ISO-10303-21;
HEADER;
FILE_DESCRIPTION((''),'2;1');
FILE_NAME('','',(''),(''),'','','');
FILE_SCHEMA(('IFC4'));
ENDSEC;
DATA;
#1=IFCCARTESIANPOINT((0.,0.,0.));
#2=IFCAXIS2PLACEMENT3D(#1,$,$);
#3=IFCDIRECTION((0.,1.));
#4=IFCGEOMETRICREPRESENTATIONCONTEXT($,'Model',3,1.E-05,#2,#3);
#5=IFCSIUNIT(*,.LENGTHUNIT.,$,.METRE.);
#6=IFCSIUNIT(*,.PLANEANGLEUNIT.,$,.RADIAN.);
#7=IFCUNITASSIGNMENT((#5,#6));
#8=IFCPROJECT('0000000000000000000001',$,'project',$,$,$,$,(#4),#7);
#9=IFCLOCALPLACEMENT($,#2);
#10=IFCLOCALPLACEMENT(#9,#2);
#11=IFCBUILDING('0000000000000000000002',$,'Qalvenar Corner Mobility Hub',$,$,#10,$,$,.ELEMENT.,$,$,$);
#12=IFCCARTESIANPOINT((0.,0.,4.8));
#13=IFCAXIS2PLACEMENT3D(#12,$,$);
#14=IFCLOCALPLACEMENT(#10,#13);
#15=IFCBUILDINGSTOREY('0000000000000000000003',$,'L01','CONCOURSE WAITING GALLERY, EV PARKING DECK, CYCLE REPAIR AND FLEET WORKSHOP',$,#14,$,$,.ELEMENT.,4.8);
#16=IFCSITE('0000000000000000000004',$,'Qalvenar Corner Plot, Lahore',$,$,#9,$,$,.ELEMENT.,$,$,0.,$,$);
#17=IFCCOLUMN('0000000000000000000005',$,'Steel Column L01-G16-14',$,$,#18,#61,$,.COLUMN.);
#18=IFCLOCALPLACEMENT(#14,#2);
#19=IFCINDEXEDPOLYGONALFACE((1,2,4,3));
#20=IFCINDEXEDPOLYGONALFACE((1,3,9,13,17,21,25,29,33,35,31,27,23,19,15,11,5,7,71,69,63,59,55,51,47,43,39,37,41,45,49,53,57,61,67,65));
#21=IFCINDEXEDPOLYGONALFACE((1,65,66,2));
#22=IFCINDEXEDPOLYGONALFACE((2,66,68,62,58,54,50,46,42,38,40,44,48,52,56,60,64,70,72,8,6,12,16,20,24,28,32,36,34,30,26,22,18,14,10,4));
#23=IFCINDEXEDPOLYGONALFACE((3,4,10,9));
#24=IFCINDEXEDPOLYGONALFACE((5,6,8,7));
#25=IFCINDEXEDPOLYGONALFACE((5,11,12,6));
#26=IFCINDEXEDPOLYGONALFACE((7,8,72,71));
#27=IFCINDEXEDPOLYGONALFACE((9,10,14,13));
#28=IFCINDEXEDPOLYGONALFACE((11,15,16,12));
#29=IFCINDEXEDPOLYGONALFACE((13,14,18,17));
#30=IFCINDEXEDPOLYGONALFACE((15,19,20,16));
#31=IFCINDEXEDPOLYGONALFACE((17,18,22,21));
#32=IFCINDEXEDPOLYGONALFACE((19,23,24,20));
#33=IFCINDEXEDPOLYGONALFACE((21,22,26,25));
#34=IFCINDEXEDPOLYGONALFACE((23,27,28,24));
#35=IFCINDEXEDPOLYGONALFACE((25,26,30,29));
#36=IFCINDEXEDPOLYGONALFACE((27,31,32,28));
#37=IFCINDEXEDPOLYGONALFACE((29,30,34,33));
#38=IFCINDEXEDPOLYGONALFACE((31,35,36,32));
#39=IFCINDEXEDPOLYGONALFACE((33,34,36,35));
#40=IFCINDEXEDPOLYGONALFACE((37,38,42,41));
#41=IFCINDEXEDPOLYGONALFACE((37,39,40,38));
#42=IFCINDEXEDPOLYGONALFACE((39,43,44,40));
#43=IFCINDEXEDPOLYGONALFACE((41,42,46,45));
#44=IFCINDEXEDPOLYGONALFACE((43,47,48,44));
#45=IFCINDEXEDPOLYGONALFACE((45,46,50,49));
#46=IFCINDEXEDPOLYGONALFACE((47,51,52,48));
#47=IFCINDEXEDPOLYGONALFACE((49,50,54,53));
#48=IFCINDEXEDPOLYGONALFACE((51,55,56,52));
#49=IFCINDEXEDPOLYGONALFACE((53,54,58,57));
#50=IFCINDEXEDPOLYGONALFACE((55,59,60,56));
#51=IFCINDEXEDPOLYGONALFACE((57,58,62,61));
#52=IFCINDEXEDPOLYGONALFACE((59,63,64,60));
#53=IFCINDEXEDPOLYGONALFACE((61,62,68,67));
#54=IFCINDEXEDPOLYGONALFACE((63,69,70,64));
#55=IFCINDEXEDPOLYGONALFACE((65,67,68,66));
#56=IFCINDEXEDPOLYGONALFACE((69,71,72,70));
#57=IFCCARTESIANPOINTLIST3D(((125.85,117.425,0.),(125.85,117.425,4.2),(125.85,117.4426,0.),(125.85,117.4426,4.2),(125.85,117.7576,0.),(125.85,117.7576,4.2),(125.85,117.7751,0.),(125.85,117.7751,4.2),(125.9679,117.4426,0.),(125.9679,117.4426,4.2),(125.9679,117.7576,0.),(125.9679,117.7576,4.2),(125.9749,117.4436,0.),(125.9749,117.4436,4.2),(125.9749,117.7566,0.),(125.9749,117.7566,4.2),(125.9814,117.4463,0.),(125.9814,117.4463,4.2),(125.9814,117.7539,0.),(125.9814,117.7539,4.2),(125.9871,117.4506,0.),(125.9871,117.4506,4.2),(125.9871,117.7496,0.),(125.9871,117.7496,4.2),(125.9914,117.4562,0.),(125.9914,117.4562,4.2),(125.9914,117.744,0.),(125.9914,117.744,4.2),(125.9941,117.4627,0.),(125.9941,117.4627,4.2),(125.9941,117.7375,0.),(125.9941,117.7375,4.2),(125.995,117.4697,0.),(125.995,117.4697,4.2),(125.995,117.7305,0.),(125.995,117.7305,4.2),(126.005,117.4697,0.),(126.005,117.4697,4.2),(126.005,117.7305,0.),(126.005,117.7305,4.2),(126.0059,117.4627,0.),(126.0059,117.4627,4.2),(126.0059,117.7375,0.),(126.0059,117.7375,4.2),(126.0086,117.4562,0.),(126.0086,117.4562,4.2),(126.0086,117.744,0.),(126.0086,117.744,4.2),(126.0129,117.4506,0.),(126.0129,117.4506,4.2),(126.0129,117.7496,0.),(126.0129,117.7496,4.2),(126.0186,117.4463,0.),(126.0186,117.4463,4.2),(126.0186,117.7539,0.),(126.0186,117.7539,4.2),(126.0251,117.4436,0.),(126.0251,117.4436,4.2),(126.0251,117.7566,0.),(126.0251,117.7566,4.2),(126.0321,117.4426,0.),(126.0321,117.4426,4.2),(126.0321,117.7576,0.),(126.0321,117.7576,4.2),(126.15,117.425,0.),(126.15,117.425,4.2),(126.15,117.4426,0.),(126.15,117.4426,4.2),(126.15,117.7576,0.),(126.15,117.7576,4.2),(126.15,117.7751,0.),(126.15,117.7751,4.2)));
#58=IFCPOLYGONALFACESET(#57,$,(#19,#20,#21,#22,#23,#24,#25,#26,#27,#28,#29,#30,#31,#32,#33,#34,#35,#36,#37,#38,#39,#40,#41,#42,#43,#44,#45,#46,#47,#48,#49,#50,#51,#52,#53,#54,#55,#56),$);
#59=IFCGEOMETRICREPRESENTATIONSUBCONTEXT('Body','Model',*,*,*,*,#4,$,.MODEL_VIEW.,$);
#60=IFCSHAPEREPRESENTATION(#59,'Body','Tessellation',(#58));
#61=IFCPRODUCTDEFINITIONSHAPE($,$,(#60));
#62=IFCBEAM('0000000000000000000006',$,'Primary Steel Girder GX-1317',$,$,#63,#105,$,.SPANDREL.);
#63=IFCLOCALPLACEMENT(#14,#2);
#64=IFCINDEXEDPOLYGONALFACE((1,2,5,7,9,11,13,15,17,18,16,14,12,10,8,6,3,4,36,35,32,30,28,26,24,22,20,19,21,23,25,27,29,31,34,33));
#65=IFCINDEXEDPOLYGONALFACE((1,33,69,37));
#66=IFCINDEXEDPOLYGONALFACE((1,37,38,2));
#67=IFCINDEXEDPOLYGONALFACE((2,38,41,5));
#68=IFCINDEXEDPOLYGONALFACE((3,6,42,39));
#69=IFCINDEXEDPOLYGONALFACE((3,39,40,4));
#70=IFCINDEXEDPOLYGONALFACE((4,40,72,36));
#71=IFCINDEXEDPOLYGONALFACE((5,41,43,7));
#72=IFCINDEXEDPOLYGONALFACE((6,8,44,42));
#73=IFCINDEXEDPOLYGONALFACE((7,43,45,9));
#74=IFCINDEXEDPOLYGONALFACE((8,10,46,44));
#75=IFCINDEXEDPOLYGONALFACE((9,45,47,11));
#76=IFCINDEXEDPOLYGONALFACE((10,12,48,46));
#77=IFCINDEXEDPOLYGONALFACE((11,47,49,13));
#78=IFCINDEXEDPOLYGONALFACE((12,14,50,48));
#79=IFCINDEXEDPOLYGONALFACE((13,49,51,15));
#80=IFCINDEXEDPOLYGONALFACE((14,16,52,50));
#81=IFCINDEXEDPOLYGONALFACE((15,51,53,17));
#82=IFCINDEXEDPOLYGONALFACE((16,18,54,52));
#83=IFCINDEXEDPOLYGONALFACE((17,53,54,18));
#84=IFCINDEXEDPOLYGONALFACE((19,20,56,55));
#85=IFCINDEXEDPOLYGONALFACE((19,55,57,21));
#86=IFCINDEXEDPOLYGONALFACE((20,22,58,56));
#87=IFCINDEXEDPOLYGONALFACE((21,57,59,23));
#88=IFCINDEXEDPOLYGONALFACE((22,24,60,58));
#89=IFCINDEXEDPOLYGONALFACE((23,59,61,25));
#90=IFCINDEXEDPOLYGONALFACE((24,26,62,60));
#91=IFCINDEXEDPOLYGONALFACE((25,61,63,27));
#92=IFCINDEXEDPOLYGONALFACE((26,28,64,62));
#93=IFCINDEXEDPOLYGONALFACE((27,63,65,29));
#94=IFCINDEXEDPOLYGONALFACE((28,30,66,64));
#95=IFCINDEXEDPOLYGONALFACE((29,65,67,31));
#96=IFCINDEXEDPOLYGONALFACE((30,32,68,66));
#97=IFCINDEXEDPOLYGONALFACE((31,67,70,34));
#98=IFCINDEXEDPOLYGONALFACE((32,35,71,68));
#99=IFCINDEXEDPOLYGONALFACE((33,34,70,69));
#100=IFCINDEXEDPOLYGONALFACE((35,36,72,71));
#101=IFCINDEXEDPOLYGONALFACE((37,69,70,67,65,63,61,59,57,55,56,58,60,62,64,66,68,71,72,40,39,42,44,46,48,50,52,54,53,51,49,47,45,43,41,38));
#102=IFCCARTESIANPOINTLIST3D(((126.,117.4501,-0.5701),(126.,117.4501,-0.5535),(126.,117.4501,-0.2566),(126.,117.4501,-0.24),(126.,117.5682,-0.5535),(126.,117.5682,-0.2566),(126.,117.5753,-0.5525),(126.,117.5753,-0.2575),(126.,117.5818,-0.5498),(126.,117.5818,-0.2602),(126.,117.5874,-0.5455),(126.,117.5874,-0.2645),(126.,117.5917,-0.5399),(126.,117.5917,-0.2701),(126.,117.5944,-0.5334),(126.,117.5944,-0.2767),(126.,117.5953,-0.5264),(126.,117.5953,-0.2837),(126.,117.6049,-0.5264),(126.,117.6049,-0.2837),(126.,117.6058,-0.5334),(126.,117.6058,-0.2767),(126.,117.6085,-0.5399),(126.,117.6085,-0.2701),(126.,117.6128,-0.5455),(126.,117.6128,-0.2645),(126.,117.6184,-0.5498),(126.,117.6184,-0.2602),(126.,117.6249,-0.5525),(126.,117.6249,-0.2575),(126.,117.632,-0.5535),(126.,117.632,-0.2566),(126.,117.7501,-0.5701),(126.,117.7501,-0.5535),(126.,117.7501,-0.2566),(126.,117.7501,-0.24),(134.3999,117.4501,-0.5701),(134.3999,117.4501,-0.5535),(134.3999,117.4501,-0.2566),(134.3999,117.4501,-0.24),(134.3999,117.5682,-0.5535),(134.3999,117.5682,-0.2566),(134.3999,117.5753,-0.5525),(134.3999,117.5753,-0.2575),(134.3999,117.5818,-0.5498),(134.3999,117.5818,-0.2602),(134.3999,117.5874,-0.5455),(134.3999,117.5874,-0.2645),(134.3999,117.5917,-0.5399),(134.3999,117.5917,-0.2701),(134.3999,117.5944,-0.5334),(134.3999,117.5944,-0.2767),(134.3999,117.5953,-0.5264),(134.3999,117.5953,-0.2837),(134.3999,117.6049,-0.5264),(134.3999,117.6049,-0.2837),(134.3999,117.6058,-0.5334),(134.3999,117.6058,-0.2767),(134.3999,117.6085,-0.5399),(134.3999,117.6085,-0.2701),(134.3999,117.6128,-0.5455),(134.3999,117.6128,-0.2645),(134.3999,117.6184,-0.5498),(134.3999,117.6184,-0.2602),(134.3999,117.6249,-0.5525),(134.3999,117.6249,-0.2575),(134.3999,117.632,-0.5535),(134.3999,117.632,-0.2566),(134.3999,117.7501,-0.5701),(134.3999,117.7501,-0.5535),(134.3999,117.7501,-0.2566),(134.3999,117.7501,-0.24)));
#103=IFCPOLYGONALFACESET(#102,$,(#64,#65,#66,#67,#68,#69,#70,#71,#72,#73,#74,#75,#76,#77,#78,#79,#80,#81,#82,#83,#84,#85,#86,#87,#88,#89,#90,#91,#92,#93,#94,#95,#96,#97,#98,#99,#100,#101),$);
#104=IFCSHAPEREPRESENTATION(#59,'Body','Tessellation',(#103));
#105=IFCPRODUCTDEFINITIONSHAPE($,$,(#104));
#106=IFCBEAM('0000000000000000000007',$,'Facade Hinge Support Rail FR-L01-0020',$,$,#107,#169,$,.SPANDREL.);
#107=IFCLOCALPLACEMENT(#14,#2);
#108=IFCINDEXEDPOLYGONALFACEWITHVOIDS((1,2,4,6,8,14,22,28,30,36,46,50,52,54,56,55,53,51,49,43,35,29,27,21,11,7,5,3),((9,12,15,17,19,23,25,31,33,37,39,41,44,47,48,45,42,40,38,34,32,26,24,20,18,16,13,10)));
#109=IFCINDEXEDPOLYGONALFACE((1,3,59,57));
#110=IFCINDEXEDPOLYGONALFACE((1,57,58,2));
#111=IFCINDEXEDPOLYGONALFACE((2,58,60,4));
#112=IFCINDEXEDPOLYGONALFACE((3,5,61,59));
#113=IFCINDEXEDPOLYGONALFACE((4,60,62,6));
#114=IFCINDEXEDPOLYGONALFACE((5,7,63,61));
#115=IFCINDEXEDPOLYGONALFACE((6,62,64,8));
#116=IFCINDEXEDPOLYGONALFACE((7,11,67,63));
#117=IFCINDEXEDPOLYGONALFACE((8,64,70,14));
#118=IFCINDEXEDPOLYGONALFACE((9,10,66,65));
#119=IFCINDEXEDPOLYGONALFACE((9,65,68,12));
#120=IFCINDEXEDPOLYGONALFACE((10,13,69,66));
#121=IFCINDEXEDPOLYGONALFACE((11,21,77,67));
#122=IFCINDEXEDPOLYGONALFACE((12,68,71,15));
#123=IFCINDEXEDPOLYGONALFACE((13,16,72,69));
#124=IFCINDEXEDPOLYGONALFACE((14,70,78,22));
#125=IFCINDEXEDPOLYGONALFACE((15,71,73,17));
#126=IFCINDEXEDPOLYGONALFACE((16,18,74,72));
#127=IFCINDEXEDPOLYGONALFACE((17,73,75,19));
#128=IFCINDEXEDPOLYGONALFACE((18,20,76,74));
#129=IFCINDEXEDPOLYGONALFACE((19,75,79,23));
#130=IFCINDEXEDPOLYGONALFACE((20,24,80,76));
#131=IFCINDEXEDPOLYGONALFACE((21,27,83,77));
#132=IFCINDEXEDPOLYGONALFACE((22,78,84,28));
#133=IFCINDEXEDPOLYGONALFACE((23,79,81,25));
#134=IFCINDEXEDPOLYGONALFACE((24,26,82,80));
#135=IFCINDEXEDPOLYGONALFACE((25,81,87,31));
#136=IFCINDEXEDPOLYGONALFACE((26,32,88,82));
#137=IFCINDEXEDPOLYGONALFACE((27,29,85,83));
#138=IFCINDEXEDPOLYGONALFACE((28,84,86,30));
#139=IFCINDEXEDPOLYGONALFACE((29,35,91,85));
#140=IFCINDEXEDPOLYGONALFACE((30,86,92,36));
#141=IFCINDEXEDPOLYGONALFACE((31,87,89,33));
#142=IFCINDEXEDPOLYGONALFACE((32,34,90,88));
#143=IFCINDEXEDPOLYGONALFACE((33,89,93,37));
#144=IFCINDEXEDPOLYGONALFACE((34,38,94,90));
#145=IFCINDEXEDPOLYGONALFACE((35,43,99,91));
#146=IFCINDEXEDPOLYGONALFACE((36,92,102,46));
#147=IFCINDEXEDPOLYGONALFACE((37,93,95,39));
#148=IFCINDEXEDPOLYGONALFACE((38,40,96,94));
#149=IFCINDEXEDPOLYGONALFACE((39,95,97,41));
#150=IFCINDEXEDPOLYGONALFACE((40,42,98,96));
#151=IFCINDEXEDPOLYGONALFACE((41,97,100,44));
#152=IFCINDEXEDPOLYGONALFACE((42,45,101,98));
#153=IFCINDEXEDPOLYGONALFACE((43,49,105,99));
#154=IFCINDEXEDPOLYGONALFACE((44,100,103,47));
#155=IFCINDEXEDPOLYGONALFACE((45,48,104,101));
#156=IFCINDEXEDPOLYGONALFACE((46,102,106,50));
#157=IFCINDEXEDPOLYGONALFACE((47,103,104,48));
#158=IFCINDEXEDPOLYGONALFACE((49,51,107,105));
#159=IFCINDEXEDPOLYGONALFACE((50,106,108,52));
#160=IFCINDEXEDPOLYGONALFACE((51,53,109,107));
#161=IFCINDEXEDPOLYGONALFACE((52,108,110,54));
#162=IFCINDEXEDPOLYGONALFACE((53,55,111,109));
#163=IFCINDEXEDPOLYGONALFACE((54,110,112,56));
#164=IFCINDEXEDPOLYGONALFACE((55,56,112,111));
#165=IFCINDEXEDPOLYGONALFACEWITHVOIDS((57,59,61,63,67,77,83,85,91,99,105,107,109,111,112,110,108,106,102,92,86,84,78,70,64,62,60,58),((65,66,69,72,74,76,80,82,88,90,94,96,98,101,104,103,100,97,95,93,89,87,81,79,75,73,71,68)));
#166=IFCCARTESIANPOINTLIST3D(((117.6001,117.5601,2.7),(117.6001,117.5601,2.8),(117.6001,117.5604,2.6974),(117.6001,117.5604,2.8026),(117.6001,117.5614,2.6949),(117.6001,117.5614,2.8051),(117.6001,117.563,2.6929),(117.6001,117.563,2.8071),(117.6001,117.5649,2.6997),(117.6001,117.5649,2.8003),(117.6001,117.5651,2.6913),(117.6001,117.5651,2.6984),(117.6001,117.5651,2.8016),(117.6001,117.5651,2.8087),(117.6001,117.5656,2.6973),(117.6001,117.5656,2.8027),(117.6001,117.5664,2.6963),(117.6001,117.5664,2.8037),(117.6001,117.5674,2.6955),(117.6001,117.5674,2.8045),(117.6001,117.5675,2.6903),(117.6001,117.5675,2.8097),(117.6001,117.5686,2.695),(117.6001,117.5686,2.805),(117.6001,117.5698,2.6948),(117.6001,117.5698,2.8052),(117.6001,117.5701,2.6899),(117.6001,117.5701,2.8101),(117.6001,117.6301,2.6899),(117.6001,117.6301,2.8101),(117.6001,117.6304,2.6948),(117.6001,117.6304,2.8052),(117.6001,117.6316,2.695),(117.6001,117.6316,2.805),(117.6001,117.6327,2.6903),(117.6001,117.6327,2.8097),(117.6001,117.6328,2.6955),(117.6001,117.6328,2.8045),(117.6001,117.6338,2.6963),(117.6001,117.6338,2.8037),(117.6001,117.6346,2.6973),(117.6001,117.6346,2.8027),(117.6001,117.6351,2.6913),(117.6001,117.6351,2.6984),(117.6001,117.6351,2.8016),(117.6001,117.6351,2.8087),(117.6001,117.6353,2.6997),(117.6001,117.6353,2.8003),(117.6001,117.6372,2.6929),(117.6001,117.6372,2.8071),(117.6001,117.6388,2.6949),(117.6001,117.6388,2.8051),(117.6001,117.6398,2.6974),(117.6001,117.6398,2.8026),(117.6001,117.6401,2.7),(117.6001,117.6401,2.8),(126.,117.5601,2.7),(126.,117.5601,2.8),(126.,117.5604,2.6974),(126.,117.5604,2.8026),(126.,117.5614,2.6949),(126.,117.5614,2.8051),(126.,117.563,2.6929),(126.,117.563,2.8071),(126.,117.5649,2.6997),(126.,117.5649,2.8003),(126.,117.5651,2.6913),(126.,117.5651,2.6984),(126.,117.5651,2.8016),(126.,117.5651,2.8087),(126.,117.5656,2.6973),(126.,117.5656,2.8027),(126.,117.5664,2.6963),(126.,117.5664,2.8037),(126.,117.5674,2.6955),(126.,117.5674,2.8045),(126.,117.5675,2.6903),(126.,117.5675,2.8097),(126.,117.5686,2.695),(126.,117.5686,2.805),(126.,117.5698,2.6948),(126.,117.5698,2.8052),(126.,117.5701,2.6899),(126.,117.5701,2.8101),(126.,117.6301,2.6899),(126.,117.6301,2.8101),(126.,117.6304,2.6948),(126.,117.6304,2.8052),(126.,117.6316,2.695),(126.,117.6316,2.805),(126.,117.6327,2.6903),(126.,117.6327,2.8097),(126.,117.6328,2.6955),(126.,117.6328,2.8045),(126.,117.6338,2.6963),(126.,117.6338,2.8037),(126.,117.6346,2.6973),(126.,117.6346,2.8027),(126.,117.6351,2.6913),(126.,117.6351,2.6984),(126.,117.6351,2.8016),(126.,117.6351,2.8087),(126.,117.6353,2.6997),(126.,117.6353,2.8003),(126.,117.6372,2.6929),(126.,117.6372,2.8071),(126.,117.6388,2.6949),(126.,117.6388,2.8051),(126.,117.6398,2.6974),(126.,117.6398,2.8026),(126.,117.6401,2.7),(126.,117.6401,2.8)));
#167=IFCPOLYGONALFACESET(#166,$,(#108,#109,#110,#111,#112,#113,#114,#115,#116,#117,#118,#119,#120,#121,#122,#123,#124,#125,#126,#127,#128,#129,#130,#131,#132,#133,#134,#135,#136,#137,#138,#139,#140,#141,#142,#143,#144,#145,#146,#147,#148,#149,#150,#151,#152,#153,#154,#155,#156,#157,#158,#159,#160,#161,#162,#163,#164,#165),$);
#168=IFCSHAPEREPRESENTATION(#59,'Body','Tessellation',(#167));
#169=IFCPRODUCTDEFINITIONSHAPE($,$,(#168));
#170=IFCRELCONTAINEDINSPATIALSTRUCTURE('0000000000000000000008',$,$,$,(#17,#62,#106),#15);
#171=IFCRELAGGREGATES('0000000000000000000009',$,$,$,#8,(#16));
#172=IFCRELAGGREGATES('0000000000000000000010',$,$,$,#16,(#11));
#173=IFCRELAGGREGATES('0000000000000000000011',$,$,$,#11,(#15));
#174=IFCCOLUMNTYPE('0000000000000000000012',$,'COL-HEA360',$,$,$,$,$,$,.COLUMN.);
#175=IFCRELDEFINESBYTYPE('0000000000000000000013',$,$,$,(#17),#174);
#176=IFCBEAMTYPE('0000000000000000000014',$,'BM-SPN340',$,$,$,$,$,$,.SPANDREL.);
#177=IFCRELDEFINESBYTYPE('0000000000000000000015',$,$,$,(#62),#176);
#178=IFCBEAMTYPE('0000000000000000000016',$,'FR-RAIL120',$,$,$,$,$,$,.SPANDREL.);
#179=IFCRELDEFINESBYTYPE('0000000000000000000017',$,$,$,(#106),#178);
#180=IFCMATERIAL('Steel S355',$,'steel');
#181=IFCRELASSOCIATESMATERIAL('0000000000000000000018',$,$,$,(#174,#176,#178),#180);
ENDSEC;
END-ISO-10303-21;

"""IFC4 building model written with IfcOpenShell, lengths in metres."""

from ifc_helpers import new_model, si_unit, direction, frame, origin, origin_2d, place, context, subcontext, project, spatial, hollow_rectangle, i_section, extrude, material, material_profile, profile_set, type_object, element, save


model = new_model("IFC4")

# Units and contexts
model_context = context("Model", 3, precision=1e-05, world=origin(), true_north=direction((0.0, 1.0)))
body_context = subcontext(model_context, "Body", "Model", "MODEL_VIEW")
ifc_project = project(units=[si_unit("LENGTHUNIT", "METRE"), si_unit("PLANEANGLEUNIT", "RADIAN")], contexts=[model_context])

# Site, building, storey
site_placement = place(None, origin())
site = spatial("IfcSite", under=ifc_project, at=site_placement, Name="Qalvenar Corner Plot, Lahore", CompositionType="ELEMENT", RefElevation=0.0)
building_placement = place(site_placement, origin())
building = spatial("IfcBuilding", under=site, at=building_placement, Name="Qalvenar Corner Mobility Hub", CompositionType="ELEMENT")
storey_placement = place(building_placement, frame((0.0, 0.0, 4.8)))
storey = spatial("IfcBuildingStorey", under=building, at=storey_placement, Name="L01", Description="CONCOURSE WAITING GALLERY, EV PARKING DECK, CYCLE REPAIR AND FLEET WORKSHOP", CompositionType="ELEMENT", Elevation=4.8)

# Column
ifc_material_1 = material(Name="Steel S355", Category="steel")
ifc_material_profile_1 = material_profile(ifc_material_1, i_section(OverallWidth=0.3, OverallDepth=0.3501, WebThickness=0.01, FlangeThickness=0.0176, FilletRadius=0.0271, at=origin_2d()), Name="HEA360")
ifc_profile_set_1 = profile_set([ifc_material_profile_1], Name="Steel S355")
column_type = type_object("IfcColumnType", Name="COL-HEA360", PredefinedType="COLUMN", material=ifc_profile_set_1)
column_placement = place(storey_placement, frame((126.0, 117.6001, 0.0), z_axis=(0.0, 0.0, 1.0), x_axis=(1.0, 0.0, 0.0)))
element("IfcColumn", 1, at=column_placement, inside=storey, type_object=column_type, Name="Steel Column L01-G16-14", PredefinedType="COLUMN", context=body_context, shape_type="SweptSolid", body=[
    extrude(i_section(OverallWidth=0.3, OverallDepth=0.3501, WebThickness=0.01, FlangeThickness=0.0176, FilletRadius=0.0271, at=origin_2d()), origin(), (0.0, 0.0, 1.0), 4.2),
])

# Beams
ifc_material_profile_2 = material_profile(ifc_material_1, i_section(OverallWidth=0.3, OverallDepth=0.3301, WebThickness=0.0095, FlangeThickness=0.0166, FilletRadius=0.0271, at=origin_2d()), Name="HEA340")
ifc_profile_set_2 = profile_set([ifc_material_profile_2], Name="Steel S355")
beam_type_1 = type_object("IfcBeamType", Name="BM-SPN340", PredefinedType="SPANDREL", material=ifc_profile_set_2)
beam_1_placement = place(storey_placement, frame((126.0, 117.6001, -0.405), z_axis=(1.0, 0.0, 0.0), x_axis=(0.0, 1.0, 0.0)))
element("IfcBeam", 2, at=beam_1_placement, inside=storey, type_object=beam_type_1, Name="Primary Steel Girder GX-1317", PredefinedType="SPANDREL", context=body_context, shape_type="SweptSolid", body=[
    extrude(i_section(OverallWidth=0.3, OverallDepth=0.3301, WebThickness=0.0095, FlangeThickness=0.0166, FilletRadius=0.0271, at=origin_2d()), origin(), (0.0, 0.0, 1.0), 8.3999),
])
ifc_material_profile_3 = material_profile(ifc_material_1, hollow_rectangle(XDim=0.0801, YDim=0.1201, WallThickness=0.0049, InnerFilletRadius=0.0049, OuterFilletRadius=0.01, at=origin_2d()), Name="RHS120x80x5")
ifc_profile_set_3 = profile_set([ifc_material_profile_3], Name="Steel S355")
beam_type_2 = type_object("IfcBeamType", Name="FR-RAIL120", PredefinedType="SPANDREL", material=ifc_profile_set_3)
beam_2_placement = place(storey_placement, frame((126.0, 117.6001, 2.75), z_axis=(-1.0, 0.0, 0.0), x_axis=(0.0, -1.0, 0.0)))
element("IfcBeam", 3, at=beam_2_placement, inside=storey, type_object=beam_type_2, Name="Facade Hinge Support Rail FR-L01-0020", PredefinedType="SPANDREL", context=body_context, shape_type="SweptSolid", body=[
    extrude(hollow_rectangle(XDim=0.0801, YDim=0.1201, WallThickness=0.0049, InnerFilletRadius=0.0049, OuterFilletRadius=0.01, at=origin_2d()), origin(), (0.0, 0.0, 1.0), 8.3999),
])

save(model, "model.ifc")
